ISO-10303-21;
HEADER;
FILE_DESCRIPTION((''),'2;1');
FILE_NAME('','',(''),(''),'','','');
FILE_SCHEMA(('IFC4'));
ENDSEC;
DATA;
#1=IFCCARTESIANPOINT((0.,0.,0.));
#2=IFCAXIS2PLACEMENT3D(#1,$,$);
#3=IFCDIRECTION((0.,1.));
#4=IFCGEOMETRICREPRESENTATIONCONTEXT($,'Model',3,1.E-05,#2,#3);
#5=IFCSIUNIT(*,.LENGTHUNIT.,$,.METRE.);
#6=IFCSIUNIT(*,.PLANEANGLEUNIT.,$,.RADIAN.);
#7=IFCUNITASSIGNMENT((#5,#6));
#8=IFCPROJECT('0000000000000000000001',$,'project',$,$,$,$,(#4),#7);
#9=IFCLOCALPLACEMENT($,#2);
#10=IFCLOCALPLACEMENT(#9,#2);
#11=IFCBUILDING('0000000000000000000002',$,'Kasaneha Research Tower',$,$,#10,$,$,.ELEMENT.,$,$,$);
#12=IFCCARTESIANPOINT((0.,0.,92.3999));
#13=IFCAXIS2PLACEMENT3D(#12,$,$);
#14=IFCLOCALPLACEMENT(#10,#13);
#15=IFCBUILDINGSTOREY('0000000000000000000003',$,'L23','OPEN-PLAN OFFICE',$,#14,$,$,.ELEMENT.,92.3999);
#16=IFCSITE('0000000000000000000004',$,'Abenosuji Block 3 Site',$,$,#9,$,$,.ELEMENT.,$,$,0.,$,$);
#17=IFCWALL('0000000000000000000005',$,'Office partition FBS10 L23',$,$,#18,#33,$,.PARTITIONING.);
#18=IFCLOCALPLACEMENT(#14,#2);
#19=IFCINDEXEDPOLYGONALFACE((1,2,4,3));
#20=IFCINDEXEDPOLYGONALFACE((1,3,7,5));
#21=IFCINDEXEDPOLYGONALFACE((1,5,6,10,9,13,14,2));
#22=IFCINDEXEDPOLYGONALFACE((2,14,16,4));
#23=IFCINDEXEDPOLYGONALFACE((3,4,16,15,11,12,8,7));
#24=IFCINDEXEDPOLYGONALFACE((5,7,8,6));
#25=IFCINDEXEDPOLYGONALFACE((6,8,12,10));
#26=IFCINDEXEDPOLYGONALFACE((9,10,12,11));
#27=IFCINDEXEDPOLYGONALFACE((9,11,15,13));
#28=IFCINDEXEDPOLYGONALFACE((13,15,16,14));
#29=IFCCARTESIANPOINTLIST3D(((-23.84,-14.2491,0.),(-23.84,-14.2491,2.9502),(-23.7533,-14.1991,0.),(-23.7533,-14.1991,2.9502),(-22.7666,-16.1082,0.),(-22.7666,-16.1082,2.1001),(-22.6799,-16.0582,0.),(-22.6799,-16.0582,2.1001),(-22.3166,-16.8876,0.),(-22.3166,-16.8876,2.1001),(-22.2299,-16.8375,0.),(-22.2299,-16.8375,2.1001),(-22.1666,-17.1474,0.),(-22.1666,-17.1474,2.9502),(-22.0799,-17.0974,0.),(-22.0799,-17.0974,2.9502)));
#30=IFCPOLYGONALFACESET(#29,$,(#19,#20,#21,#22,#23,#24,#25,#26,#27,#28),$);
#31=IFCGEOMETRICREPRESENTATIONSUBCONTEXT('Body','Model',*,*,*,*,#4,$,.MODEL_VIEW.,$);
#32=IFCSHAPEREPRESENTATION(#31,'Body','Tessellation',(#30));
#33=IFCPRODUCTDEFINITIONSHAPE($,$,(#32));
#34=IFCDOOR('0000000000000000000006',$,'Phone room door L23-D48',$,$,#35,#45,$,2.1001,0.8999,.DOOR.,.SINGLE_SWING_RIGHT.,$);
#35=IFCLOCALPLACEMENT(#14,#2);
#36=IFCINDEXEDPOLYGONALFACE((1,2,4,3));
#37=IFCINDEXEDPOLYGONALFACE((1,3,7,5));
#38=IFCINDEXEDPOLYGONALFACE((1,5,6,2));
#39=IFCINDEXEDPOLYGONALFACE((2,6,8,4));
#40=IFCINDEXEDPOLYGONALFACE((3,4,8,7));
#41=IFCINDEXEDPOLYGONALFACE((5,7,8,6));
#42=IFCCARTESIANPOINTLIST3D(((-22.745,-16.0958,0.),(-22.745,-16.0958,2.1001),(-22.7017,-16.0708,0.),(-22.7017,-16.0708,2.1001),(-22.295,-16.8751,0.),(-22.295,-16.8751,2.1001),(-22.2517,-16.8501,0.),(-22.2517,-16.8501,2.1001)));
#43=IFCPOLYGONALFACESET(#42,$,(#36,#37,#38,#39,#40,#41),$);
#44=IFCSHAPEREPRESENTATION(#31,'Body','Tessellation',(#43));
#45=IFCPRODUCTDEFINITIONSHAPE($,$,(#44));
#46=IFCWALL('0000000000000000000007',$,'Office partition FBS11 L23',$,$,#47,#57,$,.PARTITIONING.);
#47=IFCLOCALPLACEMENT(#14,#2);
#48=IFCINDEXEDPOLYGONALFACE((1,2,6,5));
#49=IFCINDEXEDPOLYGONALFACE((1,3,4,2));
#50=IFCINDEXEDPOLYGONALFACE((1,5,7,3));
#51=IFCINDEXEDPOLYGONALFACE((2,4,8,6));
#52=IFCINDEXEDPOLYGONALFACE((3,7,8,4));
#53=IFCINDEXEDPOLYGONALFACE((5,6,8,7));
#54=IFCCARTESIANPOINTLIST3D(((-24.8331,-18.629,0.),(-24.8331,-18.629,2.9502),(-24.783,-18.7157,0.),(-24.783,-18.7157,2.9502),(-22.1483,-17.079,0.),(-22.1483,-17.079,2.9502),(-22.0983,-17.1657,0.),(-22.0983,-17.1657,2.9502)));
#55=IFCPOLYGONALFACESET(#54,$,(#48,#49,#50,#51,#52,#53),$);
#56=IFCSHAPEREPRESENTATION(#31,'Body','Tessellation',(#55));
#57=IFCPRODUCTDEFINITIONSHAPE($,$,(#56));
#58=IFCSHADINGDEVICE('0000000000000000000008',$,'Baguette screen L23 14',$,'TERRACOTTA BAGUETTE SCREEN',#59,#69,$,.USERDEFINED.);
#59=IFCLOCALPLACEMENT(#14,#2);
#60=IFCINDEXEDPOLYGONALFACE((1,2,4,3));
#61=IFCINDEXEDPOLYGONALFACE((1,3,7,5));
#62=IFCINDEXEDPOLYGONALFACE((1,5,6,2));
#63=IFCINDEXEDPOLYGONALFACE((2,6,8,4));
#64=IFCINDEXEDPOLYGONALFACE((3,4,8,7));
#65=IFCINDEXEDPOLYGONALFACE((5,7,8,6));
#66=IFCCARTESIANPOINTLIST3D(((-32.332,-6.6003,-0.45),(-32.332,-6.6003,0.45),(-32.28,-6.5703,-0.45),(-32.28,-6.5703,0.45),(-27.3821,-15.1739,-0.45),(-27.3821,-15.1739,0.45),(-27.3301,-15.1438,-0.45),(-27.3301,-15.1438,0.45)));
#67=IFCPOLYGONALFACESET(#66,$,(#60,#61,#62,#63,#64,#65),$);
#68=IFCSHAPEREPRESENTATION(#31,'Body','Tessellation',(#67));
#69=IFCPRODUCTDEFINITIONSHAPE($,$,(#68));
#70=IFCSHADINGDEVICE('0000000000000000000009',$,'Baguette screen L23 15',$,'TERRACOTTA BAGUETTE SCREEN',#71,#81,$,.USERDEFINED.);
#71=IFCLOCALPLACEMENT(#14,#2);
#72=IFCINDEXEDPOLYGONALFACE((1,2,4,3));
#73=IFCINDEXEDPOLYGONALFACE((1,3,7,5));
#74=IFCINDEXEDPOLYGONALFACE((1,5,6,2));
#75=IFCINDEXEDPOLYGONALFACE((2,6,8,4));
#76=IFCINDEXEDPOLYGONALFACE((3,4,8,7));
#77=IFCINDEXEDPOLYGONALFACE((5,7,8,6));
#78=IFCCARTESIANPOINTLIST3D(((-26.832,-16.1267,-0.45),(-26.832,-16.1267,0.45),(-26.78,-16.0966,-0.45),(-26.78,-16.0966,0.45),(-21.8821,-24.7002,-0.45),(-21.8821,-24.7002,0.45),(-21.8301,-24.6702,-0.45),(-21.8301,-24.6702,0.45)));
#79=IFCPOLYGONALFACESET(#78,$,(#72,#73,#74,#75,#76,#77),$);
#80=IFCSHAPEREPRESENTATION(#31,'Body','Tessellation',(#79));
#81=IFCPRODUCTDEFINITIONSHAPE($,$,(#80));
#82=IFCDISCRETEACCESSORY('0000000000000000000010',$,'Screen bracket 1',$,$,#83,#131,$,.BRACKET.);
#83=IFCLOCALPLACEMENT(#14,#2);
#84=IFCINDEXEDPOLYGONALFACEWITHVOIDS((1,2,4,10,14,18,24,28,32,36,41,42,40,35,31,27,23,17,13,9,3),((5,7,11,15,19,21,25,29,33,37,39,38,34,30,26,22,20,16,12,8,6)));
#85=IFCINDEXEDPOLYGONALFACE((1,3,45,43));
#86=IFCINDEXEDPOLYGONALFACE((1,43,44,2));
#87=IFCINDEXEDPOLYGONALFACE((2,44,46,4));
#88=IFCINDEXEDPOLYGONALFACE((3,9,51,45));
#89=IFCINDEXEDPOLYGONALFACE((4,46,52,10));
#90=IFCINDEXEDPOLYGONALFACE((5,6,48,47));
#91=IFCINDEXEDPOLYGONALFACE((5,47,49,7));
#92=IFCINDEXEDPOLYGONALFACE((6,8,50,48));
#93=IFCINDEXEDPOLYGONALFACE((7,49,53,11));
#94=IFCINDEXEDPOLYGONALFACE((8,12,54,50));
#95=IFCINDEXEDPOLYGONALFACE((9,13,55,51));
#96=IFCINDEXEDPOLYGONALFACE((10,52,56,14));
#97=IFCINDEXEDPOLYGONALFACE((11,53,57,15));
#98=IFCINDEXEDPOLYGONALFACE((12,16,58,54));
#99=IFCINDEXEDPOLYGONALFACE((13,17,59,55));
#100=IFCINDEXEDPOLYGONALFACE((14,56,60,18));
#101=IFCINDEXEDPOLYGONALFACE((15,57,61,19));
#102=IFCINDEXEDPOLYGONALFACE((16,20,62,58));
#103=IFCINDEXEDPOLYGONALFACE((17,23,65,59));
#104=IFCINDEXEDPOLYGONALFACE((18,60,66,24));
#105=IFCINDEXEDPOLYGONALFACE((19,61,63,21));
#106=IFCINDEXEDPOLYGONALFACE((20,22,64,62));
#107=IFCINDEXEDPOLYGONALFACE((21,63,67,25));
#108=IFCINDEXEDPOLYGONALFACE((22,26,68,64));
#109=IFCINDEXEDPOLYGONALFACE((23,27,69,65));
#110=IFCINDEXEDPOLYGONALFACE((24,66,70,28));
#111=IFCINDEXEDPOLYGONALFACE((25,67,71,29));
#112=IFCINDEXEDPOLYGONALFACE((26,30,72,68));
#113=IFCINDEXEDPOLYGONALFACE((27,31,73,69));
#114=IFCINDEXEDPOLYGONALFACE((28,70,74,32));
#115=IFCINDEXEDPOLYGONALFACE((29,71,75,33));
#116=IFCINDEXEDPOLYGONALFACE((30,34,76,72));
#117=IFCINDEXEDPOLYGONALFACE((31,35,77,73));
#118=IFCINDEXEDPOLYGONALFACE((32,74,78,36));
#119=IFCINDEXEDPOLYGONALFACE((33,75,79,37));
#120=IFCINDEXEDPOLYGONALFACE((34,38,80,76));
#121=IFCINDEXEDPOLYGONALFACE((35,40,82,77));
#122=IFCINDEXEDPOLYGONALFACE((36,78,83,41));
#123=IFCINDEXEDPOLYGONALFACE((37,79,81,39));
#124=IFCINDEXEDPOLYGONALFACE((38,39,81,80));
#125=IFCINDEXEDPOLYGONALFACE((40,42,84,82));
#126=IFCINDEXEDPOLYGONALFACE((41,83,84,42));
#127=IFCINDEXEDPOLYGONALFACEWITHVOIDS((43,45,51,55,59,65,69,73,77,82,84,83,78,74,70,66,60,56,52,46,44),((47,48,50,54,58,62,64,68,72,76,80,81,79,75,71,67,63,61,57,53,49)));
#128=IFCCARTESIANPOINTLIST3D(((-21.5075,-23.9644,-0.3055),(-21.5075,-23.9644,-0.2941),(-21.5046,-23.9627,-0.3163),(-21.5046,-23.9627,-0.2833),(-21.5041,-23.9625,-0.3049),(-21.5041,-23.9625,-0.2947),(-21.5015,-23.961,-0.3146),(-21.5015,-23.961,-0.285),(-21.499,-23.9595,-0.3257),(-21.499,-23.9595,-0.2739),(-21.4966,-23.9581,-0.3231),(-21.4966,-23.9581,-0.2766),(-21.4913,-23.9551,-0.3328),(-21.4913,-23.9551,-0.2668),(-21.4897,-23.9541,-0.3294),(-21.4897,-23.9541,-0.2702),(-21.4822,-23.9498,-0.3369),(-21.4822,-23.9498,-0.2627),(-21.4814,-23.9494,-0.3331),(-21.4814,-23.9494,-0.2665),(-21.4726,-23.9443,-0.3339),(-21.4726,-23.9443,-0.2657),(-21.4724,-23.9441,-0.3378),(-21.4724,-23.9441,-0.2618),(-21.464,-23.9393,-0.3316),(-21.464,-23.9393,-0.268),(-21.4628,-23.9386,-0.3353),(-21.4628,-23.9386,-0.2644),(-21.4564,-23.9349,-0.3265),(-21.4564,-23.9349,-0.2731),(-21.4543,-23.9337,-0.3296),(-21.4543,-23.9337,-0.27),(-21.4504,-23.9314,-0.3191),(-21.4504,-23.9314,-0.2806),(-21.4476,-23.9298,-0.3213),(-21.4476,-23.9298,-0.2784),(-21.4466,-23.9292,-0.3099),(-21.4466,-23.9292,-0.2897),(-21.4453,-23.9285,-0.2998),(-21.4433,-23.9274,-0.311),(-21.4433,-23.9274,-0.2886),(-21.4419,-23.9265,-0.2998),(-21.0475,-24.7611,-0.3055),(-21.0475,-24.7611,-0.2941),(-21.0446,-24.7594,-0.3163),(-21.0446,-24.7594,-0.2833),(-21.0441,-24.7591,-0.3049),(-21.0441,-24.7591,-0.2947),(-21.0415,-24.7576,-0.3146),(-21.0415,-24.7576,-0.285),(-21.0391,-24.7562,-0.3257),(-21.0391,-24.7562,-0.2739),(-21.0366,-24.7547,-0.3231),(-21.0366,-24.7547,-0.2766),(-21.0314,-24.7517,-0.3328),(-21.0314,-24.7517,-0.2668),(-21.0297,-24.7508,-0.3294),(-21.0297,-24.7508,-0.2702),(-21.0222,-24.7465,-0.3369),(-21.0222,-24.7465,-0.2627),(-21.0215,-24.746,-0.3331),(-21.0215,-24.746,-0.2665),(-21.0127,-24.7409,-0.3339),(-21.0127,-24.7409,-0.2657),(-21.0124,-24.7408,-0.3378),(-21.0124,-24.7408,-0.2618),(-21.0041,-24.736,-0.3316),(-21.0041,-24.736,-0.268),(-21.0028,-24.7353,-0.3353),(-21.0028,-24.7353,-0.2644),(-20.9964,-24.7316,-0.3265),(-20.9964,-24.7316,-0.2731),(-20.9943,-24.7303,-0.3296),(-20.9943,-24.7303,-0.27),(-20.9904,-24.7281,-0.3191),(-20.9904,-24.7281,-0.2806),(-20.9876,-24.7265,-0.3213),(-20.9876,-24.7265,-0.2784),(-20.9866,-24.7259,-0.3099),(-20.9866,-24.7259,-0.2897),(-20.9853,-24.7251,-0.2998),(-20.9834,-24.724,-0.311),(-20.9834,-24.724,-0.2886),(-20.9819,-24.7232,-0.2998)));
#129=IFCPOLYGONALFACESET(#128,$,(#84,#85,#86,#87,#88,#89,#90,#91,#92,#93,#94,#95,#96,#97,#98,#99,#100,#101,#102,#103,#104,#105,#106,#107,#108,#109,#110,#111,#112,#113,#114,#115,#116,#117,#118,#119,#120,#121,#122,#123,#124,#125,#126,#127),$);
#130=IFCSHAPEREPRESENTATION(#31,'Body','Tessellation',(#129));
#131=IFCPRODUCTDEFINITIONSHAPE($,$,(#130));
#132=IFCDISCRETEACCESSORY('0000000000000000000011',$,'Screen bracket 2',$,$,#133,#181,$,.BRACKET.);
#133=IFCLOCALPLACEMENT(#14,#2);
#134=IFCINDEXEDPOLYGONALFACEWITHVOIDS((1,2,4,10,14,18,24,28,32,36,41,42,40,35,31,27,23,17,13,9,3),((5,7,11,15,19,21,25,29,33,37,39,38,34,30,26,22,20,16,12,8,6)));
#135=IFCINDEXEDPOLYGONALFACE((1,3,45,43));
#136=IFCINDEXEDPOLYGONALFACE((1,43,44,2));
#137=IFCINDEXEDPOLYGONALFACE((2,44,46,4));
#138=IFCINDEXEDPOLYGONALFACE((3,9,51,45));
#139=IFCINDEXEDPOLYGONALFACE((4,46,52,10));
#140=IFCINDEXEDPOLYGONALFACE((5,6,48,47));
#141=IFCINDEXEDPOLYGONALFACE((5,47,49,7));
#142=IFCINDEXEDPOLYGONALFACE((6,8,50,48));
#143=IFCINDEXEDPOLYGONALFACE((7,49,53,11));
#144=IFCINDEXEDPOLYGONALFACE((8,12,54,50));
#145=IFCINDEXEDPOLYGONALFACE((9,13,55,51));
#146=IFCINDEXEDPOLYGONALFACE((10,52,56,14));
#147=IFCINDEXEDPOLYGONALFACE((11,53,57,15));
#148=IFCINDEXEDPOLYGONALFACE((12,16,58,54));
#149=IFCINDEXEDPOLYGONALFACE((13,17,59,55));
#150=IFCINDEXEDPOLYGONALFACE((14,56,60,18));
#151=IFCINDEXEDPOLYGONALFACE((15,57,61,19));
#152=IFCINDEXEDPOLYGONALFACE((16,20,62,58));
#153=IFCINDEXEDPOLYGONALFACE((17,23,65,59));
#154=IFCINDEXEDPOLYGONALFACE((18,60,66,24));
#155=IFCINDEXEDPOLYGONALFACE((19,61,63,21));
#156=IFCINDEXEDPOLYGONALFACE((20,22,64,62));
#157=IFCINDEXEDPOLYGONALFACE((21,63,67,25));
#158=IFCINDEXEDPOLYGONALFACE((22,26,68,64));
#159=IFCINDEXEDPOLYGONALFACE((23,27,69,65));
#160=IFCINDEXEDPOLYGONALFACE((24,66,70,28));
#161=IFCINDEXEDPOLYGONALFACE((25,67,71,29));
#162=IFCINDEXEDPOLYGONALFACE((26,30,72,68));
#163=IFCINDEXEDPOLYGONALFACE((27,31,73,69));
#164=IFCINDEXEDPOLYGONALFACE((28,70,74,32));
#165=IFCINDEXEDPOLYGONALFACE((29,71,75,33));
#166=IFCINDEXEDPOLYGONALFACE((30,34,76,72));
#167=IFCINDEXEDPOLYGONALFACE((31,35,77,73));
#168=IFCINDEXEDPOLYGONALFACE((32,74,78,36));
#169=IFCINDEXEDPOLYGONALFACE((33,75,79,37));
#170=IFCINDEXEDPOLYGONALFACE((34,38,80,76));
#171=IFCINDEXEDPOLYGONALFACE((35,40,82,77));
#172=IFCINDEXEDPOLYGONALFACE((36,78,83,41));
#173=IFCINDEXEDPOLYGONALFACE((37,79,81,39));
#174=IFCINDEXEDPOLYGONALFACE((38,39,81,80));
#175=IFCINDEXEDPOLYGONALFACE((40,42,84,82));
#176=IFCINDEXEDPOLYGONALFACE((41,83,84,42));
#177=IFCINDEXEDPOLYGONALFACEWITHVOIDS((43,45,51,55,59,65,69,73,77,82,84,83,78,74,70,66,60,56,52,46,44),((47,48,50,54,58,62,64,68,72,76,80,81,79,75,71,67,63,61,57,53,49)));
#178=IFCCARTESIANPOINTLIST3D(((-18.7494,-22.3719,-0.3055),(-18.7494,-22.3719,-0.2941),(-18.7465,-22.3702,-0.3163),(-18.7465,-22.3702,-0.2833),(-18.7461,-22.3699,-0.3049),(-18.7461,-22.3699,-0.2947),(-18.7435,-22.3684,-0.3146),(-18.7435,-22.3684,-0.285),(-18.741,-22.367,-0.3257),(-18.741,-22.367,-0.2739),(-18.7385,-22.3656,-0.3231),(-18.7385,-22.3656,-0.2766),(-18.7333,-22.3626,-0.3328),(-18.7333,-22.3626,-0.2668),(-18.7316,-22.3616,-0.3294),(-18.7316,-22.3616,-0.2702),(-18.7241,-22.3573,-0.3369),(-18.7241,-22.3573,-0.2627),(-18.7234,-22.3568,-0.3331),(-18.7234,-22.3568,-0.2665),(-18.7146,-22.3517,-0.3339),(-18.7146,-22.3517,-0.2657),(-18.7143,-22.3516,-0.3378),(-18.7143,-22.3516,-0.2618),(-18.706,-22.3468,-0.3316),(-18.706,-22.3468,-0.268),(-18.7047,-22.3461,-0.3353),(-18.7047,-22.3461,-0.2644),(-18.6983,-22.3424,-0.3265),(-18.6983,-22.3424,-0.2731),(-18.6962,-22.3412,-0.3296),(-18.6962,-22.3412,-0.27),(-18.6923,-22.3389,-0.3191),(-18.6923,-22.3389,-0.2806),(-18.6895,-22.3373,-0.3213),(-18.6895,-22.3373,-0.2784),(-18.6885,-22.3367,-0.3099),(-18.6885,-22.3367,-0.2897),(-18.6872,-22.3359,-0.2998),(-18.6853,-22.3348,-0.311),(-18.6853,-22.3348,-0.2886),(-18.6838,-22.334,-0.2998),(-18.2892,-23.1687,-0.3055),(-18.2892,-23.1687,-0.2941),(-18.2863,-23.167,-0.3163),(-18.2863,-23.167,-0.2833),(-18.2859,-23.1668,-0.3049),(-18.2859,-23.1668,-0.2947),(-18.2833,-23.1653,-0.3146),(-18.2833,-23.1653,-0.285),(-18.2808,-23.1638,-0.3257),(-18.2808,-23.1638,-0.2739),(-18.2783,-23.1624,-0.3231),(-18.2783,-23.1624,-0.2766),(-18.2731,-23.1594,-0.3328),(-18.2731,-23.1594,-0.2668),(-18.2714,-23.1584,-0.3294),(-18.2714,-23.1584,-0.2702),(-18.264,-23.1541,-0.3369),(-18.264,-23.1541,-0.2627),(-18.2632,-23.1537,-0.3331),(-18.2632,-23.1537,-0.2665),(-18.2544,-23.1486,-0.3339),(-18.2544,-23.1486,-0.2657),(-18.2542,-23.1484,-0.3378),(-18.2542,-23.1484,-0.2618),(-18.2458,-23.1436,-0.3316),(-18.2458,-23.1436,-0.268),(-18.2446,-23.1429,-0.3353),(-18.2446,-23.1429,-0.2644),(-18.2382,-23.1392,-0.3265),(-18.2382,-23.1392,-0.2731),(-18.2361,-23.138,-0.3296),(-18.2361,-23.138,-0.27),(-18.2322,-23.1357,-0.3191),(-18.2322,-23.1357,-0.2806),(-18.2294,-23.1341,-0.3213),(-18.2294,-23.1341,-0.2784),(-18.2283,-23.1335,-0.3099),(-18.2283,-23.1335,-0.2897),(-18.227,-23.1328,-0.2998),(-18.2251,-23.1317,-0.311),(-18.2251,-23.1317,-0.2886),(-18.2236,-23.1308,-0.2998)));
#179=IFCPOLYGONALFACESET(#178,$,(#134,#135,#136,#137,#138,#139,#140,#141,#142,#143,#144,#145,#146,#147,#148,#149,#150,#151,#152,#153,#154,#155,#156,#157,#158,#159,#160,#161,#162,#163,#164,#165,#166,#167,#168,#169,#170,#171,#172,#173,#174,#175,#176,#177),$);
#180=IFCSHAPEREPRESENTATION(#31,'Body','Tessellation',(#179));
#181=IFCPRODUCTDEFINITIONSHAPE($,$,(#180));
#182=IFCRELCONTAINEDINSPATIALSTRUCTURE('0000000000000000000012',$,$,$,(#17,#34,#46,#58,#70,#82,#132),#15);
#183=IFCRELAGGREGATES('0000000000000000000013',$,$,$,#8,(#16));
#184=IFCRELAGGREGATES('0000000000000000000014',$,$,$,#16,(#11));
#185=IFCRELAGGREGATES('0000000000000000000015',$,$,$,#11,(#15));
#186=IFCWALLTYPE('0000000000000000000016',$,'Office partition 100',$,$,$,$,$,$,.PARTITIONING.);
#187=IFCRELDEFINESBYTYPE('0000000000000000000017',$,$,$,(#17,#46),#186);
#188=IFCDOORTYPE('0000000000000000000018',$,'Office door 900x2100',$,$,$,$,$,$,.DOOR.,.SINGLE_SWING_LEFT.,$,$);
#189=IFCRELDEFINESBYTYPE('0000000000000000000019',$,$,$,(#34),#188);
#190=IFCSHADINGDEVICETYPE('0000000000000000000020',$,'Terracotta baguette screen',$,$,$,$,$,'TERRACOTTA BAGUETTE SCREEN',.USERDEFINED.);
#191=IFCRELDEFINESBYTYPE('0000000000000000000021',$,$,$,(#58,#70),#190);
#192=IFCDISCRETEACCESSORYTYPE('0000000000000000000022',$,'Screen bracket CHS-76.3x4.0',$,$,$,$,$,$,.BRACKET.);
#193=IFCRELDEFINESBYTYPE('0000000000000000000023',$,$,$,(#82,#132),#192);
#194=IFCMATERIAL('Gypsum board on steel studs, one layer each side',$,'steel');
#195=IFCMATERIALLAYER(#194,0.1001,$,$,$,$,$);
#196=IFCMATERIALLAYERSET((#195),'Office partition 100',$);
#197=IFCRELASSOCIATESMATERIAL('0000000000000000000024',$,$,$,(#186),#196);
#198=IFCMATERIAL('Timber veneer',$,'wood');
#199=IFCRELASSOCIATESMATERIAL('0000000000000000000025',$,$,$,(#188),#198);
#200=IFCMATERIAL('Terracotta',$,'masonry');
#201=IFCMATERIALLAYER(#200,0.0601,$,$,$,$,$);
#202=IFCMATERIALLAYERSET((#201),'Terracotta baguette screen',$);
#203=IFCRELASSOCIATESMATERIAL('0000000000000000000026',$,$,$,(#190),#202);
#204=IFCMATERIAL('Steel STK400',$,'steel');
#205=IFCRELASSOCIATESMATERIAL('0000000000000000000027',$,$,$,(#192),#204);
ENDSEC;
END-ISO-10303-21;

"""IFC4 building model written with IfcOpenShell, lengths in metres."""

from ifc_helpers import new_model, si_unit, direction, frame, frame_2d, origin, origin_2d, place, context, subcontext, project, spatial, rectangle, hollow_circle, extrude, material, layer, layer_set, material_profile, profile_set, type_object, element, fill, save


model = new_model("IFC4")

# Units and contexts
model_context = context("Model", 3, precision=1e-05, world=origin(), true_north=direction((0.0, 1.0)))
body_context = subcontext(model_context, "Body", "Model", "MODEL_VIEW")
ifc_project = project(units=[si_unit("LENGTHUNIT", "METRE"), si_unit("PLANEANGLEUNIT", "RADIAN")], contexts=[model_context])

# Site, building, storey
site_placement = place(None, origin())
site = spatial("IfcSite", under=ifc_project, at=site_placement, Name="Abenosuji Block 3 Site", CompositionType="ELEMENT", RefElevation=0.0)
building_placement = place(site_placement, origin())
building = spatial("IfcBuilding", under=site, at=building_placement, Name="Kasaneha Research Tower", CompositionType="ELEMENT")
storey_placement = place(building_placement, frame((0.0, 0.0, 92.3999)))
storey = spatial("IfcBuildingStorey", under=building, at=storey_placement, Name="L23", Description="OPEN-PLAN OFFICE", CompositionType="ELEMENT", Elevation=92.3999)

# Shared definitions
ifc_material_1 = material(Name="Gypsum board on steel studs, one layer each side", Category="steel")
ifc_layer_1 = layer(ifc_material_1, 0.1001)
ifc_layer_set_1 = layer_set([ifc_layer_1], Name="Office partition 100")
wall_type = type_object("IfcWallType", Name="Office partition 100", PredefinedType="PARTITIONING", material=ifc_layer_set_1)
ifc_material_2 = material(Name="Timber veneer", Category="wood")
door_type = type_object("IfcDoorType", Name="Office door 900x2100", OperationType="SINGLE_SWING_LEFT", PredefinedType="DOOR", material=ifc_material_2)

# Wall, opening, door
wall_1_placement = place(storey_placement, frame((-23.7966, -14.2241, 0.0), z_axis=(0.0, 0.0, 1.0), x_axis=(0.500015, -0.866017, 0.0)))
wall_1 = element("IfcWall", 1, at=wall_1_placement, inside=storey, type_object=wall_type, Name="Office partition FBS10 L23", PredefinedType="PARTITIONING", context=body_context, shape_type="SweptSolid", body=[
    extrude(rectangle(XDim=3.3467, YDim=0.1001, at=frame_2d((1.6733, 0.0))), origin(), (0.0, 0.0, 1.0), 2.9502),
])
opening_1_placement = place(wall_1_placement, frame((2.1467, 0.0, 0.0)))
opening_1 = element("IfcOpeningElement", 2, at=opening_1_placement, cuts=wall_1, PredefinedType="OPENING", context=body_context, shape_type="SweptSolid", body=[
    extrude(rectangle(XDim=0.8999, YDim=2.1001, at=frame_2d((0.45, 1.05))), frame((0.0, 0.0601, 0.0), z_axis=(0.0, -1.0, 0.0), x_axis=(1.0, 0.0, 0.0)), (0.0, 0.0, 1.0), 0.1201),
])
door_1_placement = place(opening_1_placement, origin())
door_1 = element("IfcDoor", 3, at=door_1_placement, inside=storey, type_object=door_type, Name="Phone room door L23-D48", OperationType="SINGLE_SWING_RIGHT", OverallHeight=2.1001, OverallWidth=0.8999, PredefinedType="DOOR", context=body_context, shape_type="SweptSolid", body=[
    extrude(rectangle(XDim=0.8999, YDim=2.1001, at=frame_2d((0.45, 1.05))), frame((0.0, 0.0249, 0.0), z_axis=(0.0, -1.0, 0.0), x_axis=(1.0, 0.0, 0.0)), (0.0, 0.0, 1.0), 0.05),
])
fill(opening_1, door_1)

# Wall
wall_2_placement = place(storey_placement, frame((-22.1233, -17.1223, 0.0), z_axis=(0.0, 0.0, 1.0), x_axis=(-0.86603, -0.499993, 0.0)))
element("IfcWall", 4, at=wall_2_placement, inside=storey, type_object=wall_type, Name="Office partition FBS11 L23", PredefinedType="PARTITIONING", context=body_context, shape_type="SweptSolid", body=[
    extrude(rectangle(XDim=3.1001, YDim=0.1001, at=frame_2d((1.55, 0.0))), origin(), (0.0, 0.0, 1.0), 2.9502),
])

# Shading devices
ifc_material_3 = material(Name="Terracotta", Category="masonry")
ifc_layer_2 = layer(ifc_material_3, 0.0601)
ifc_layer_set_2 = layer_set([ifc_layer_2], Name="Terracotta baguette screen")
shading_device_type = type_object("IfcShadingDeviceType", Name="Terracotta baguette screen", ElementType="TERRACOTTA BAGUETTE SCREEN", PredefinedType="USERDEFINED", material=ifc_layer_set_2)
for number, where, z_axis, x_axis, name in (
    (5, (-29.8311, -10.8721, -0.45), (0.0, 0.0, 1.0), (0.5, -0.866025, 0.0), "Baguette screen L23 14"),
    (6, (-24.3311, -20.3984, -0.45), (0.0, 0.0, 1.0), (0.5, -0.866025, 0.0), "Baguette screen L23 15"),
):
    element("IfcShadingDevice", number, at=place(storey_placement, frame(where, z_axis=z_axis, x_axis=x_axis)), inside=storey, type_object=shading_device_type, Name=name, ObjectType="TERRACOTTA BAGUETTE SCREEN", PredefinedType="USERDEFINED", context=body_context, shape_type="SweptSolid", body=[
        extrude(rectangle(XDim=9.8999, YDim=0.0601, at=origin_2d()), origin(), (0.0, 0.0, 1.0), 0.8999),
    ])

# Discrete accessories
ifc_material_4 = material(Name="Steel STK400", Category="steel")
ifc_material_profile_1 = material_profile(ifc_material_4, hollow_circle(Radius=0.0381, WallThickness=0.0039, at=origin_2d()), Name="CHS-76.3x4.0")
ifc_profile_set_1 = profile_set([ifc_material_profile_1], Name="Steel STK400")
discrete_accessory_type = type_object("IfcDiscreteAccessoryType", Name="Screen bracket CHS-76.3x4.0", PredefinedType="BRACKET", material=ifc_profile_set_1)
discrete_accessory_1_placement = place(storey_placement, frame((-21.4749, -23.9456, -0.2998), z_axis=(0.500021, -0.866013, 0.0), x_axis=(0.866013, 0.500021, 0.0)))
element("IfcDiscreteAccessory", 7, at=discrete_accessory_1_placement, inside=storey, type_object=discrete_accessory_type, Name="Screen bracket 1", PredefinedType="BRACKET", context=body_context, shape_type="SweptSolid", body=[
    extrude(hollow_circle(Radius=0.0381, WallThickness=0.0039, at=origin_2d()), origin(), (0.0, 0.0, 1.0), 0.9199),
])
for number, where, z_axis, x_axis, name in (
    (8, (-18.7168, -22.353, -0.2998), (0.500105, -0.865965, 0.0), (0.865965, 0.500105, 0.0), "Screen bracket 2"),
):
    element("IfcDiscreteAccessory", number, at=place(storey_placement, frame(where, z_axis=z_axis, x_axis=x_axis)), inside=storey, type_object=discrete_accessory_type, Name=name, PredefinedType="BRACKET", context=body_context, shape_type="SweptSolid", body=[
        extrude(hollow_circle(Radius=0.0381, WallThickness=0.0039, at=origin_2d()), origin(), (0.0, 0.0, 1.0), 0.9202),
    ])

save(model, "model.ifc")
